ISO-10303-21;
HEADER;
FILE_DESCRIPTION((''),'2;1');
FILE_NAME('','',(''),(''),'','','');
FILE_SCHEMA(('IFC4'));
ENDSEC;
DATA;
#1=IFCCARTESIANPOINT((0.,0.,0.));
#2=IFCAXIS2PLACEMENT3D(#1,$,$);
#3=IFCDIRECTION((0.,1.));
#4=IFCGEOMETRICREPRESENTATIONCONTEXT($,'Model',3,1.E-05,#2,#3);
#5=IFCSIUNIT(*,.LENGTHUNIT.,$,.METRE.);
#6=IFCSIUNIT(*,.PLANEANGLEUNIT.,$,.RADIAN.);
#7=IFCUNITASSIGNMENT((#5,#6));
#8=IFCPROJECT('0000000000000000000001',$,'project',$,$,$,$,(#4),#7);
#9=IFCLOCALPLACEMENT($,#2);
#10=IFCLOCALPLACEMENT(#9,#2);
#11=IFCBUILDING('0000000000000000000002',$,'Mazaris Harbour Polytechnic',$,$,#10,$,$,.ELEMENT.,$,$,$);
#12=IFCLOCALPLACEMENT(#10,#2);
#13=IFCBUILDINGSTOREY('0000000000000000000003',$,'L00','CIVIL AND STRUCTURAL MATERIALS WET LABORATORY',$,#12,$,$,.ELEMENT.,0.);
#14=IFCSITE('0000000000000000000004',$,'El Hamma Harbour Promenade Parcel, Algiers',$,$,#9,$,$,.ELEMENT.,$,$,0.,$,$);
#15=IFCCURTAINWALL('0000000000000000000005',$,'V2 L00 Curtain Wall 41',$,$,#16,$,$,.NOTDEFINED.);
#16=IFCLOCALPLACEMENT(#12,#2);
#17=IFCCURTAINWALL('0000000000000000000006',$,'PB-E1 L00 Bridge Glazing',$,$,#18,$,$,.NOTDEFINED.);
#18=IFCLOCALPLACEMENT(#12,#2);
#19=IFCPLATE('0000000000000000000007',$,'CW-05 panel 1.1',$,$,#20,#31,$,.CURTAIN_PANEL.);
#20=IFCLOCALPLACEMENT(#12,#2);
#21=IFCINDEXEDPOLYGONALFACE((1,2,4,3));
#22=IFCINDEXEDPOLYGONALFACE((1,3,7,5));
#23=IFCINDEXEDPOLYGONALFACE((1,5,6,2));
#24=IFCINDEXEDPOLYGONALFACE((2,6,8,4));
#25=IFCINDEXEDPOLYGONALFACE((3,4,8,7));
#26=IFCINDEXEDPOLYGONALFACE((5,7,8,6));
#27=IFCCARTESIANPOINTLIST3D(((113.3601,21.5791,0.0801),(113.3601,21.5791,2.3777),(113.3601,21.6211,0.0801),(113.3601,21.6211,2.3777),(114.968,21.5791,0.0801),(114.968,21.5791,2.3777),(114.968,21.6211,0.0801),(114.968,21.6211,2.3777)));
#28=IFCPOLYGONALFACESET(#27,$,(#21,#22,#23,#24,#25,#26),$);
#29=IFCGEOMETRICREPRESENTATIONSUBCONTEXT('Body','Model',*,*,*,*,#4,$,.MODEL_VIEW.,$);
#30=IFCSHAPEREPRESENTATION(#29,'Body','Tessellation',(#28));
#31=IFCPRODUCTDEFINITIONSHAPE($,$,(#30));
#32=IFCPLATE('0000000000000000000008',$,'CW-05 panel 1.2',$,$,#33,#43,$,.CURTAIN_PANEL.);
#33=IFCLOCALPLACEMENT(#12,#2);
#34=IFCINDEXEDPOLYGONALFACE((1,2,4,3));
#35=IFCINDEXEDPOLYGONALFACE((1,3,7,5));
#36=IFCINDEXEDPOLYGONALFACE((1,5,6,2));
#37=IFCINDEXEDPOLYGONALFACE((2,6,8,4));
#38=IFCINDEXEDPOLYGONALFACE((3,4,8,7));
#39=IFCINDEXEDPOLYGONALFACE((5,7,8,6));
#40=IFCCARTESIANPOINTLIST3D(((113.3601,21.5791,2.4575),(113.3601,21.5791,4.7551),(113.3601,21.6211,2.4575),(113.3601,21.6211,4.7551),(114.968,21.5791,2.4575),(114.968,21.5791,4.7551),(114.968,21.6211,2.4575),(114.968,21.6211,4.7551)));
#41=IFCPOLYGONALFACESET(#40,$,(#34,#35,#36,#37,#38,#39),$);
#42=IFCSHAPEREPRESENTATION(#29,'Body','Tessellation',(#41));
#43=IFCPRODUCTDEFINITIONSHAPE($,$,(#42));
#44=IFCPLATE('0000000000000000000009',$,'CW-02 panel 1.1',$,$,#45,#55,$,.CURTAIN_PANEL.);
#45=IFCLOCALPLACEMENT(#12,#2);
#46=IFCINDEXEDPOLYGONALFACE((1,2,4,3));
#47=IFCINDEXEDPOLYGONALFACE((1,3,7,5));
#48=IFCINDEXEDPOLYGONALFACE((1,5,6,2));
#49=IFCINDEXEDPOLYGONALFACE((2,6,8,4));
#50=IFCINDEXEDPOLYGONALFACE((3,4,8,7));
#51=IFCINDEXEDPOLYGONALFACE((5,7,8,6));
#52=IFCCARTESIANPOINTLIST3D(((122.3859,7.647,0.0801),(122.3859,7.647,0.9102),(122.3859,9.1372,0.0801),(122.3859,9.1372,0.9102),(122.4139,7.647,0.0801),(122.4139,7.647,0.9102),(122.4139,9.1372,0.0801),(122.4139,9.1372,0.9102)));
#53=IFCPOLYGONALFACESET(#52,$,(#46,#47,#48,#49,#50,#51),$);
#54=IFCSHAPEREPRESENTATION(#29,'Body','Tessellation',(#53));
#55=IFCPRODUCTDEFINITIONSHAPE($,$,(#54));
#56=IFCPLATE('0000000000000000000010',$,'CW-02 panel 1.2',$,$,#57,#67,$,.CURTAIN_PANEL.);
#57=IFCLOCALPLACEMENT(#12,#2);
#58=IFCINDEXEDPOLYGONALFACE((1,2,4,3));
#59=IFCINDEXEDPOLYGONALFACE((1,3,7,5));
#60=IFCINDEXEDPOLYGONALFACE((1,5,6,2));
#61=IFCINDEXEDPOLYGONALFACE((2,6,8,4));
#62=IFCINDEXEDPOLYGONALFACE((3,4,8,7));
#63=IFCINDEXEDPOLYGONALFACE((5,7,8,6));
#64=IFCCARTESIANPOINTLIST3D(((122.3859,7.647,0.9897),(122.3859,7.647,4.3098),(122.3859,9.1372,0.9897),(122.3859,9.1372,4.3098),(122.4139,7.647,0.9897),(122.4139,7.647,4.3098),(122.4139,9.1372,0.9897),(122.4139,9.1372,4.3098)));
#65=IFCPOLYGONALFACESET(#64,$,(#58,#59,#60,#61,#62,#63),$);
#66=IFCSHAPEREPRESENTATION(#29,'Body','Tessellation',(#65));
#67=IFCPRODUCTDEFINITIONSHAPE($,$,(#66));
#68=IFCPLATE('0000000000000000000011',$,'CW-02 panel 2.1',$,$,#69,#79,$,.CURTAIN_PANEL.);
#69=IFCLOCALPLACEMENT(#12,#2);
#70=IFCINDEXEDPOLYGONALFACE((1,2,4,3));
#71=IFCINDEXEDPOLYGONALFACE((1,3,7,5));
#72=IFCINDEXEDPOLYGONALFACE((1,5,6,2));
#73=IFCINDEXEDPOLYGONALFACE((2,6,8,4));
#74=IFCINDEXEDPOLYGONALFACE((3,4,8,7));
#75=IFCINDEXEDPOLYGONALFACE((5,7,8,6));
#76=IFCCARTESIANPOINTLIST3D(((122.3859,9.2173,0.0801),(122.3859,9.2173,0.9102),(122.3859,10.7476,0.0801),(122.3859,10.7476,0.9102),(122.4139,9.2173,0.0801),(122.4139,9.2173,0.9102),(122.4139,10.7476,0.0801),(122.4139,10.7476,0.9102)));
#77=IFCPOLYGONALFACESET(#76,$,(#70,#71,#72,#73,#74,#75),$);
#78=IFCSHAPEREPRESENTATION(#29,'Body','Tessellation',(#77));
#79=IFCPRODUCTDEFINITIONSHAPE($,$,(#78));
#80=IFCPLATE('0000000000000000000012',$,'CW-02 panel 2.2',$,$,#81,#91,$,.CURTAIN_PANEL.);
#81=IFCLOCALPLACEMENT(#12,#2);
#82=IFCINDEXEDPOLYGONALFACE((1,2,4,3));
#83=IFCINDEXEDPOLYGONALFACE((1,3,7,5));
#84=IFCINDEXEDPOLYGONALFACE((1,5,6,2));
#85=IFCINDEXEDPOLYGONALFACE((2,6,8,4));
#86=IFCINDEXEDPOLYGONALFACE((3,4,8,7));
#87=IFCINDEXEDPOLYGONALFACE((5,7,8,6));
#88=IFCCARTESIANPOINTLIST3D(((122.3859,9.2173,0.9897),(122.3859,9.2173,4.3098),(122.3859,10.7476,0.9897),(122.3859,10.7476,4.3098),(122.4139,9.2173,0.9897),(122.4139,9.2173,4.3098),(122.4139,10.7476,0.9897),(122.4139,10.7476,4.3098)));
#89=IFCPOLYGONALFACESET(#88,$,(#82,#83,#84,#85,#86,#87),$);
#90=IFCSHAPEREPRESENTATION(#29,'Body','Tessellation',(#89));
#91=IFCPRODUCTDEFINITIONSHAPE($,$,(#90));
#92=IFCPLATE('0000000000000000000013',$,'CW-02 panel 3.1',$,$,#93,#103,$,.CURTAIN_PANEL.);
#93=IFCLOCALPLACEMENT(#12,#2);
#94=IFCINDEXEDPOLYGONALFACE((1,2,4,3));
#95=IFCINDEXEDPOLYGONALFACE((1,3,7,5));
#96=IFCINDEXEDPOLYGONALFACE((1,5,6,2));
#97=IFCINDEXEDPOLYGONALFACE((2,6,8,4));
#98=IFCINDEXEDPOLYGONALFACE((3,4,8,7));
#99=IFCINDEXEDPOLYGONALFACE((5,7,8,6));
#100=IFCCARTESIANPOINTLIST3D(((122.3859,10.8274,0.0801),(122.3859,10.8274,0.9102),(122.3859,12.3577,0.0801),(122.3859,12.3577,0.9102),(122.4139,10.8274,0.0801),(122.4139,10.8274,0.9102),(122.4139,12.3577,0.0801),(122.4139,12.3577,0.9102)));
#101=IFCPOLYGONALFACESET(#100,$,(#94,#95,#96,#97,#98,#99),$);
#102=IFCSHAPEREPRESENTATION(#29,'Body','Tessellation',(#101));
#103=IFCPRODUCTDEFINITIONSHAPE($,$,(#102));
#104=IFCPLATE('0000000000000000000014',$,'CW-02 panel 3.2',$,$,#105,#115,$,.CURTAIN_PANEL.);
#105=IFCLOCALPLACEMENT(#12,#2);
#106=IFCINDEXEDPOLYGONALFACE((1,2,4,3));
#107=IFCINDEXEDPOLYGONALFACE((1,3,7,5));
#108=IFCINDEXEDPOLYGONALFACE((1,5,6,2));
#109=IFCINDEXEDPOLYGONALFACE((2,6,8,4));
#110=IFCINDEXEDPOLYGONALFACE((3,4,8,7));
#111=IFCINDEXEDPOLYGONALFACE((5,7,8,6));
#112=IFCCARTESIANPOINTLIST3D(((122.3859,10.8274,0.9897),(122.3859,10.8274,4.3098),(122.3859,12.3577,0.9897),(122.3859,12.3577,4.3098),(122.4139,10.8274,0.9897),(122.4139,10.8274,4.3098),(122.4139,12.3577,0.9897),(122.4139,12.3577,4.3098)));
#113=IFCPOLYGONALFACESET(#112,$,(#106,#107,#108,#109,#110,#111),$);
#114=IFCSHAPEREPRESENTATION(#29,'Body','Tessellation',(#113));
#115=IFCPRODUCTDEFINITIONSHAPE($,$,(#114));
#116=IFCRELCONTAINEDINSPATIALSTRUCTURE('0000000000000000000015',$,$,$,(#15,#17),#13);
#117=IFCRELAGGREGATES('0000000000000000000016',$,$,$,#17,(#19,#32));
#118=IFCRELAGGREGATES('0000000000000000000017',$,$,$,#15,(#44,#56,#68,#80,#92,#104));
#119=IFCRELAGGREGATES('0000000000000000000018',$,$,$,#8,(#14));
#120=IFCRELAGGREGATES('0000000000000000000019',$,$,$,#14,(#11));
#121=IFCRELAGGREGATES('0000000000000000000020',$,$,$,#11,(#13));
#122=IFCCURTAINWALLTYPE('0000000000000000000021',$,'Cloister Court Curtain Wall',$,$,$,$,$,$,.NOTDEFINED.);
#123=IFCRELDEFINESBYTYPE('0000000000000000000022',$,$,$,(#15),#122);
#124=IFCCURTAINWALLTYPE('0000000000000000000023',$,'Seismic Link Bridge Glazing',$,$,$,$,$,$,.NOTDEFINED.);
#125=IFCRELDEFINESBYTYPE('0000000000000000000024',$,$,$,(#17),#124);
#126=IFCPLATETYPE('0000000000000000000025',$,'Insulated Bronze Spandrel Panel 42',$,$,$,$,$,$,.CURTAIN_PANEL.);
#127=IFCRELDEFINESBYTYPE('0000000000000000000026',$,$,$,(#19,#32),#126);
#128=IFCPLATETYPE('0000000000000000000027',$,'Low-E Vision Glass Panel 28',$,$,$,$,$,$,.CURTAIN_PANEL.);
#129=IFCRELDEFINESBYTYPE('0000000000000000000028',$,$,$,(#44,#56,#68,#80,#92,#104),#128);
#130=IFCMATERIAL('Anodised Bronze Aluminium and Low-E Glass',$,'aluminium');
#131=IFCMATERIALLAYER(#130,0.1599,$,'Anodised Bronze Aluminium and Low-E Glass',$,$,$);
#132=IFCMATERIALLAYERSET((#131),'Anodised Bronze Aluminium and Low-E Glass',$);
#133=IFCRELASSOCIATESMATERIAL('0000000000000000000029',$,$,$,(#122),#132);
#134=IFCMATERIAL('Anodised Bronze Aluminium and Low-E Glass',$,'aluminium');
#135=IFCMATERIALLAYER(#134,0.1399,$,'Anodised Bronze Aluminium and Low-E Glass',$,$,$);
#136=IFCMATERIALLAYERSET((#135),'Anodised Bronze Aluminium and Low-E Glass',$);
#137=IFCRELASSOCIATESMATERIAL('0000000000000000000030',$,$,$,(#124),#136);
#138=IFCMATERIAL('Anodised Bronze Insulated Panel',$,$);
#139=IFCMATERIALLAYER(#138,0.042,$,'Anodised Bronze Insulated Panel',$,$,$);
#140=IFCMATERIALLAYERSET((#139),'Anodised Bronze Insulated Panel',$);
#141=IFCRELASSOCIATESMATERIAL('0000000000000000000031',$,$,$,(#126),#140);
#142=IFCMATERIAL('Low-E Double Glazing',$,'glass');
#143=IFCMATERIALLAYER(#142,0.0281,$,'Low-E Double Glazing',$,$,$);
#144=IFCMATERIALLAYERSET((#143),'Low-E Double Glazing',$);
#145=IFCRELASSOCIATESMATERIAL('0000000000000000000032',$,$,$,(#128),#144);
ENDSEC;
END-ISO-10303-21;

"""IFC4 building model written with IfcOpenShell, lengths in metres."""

from ifc_helpers import new_model, si_unit, direction, frame, origin, origin_2d, place, context, subcontext, project, spatial, rectangle, extrude, material, layer, layer_set, type_object, element, aggregate, save


model = new_model("IFC4")

# Units and contexts
model_context = context("Model", 3, precision=1e-05, world=origin(), true_north=direction((0.0, 1.0)))
body_context = subcontext(model_context, "Body", "Model", "MODEL_VIEW")
ifc_project = project(units=[si_unit("LENGTHUNIT", "METRE"), si_unit("PLANEANGLEUNIT", "RADIAN")], contexts=[model_context])

# Site, building, storey
site_placement = place(None, origin())
site = spatial("IfcSite", under=ifc_project, at=site_placement, Name="El Hamma Harbour Promenade Parcel, Algiers", CompositionType="ELEMENT", RefElevation=0.0)
building_placement = place(site_placement, origin())
building = spatial("IfcBuilding", under=site, at=building_placement, Name="Mazaris Harbour Polytechnic", CompositionType="ELEMENT")
storey_placement = place(building_placement, origin())
storey = spatial("IfcBuildingStorey", under=building, at=storey_placement, Name="L00", Description="CIVIL AND STRUCTURAL MATERIALS WET LABORATORY", CompositionType="ELEMENT", Elevation=0.0)

# Curtain wall
ifc_material_1 = material(Name="Anodised Bronze Aluminium and Low-E Glass", Category="aluminium")
ifc_layer_1 = layer(ifc_material_1, 0.1599, Name="Anodised Bronze Aluminium and Low-E Glass")
ifc_layer_set_1 = layer_set([ifc_layer_1], Name="Anodised Bronze Aluminium and Low-E Glass")
curtain_wall_type_1 = type_object("IfcCurtainWallType", Name="Cloister Court Curtain Wall", PredefinedType="NOTDEFINED", material=ifc_layer_set_1)
curtain_wall_1_placement = place(storey_placement, origin())
curtain_wall_1 = element("IfcCurtainWall", 1, at=curtain_wall_1_placement, inside=storey, type_object=curtain_wall_type_1, Name="V2 L00 Curtain Wall 41", PredefinedType="NOTDEFINED")

# Curtain wall
ifc_material_2 = material(Name="Anodised Bronze Aluminium and Low-E Glass", Category="aluminium")
ifc_layer_2 = layer(ifc_material_2, 0.1399, Name="Anodised Bronze Aluminium and Low-E Glass")
ifc_layer_set_2 = layer_set([ifc_layer_2], Name="Anodised Bronze Aluminium and Low-E Glass")
curtain_wall_type_2 = type_object("IfcCurtainWallType", Name="Seismic Link Bridge Glazing", PredefinedType="NOTDEFINED", material=ifc_layer_set_2)
curtain_wall_2_placement = place(storey_placement, origin())
curtain_wall_2 = element("IfcCurtainWall", 2, at=curtain_wall_2_placement, inside=storey, type_object=curtain_wall_type_2, Name="PB-E1 L00 Bridge Glazing", PredefinedType="NOTDEFINED")

# Plates
ifc_material_3 = material(Name="Anodised Bronze Insulated Panel")
ifc_layer_3 = layer(ifc_material_3, 0.042, Name="Anodised Bronze Insulated Panel")
ifc_layer_set_3 = layer_set([ifc_layer_3], Name="Anodised Bronze Insulated Panel")
plate_type_1 = type_object("IfcPlateType", Name="Insulated Bronze Spandrel Panel 42", PredefinedType="CURTAIN_PANEL", material=ifc_layer_set_3)
plate_1_placement = place(storey_placement, frame((114.1641, 21.6001, 0.0801), z_axis=(0.0, 0.0, 1.0), x_axis=(1.0, 0.0, 0.0)))
plate_1 = element("IfcPlate", 3, at=plate_1_placement, type_object=plate_type_1, Name="CW-05 panel 1.1", PredefinedType="CURTAIN_PANEL", context=body_context, shape_type="SweptSolid", body=[
    extrude(rectangle(XDim=1.6079, YDim=0.042, at=origin_2d()), origin(), (0.0, 0.0, 1.0), 2.2976),
])
plate_2_placement = place(storey_placement, frame((114.1641, 21.6001, 2.4575), z_axis=(0.0, 0.0, 1.0), x_axis=(1.0, 0.0, 0.0)))
plate_2 = element("IfcPlate", 4, at=plate_2_placement, type_object=plate_type_1, Name="CW-05 panel 1.2", PredefinedType="CURTAIN_PANEL", context=body_context, shape_type="SweptSolid", body=[
    extrude(rectangle(XDim=1.6079, YDim=0.042, at=origin_2d()), origin(), (0.0, 0.0, 1.0), 2.2976),
])
aggregate(curtain_wall_2, [plate_1, plate_2])
ifc_material_4 = material(Name="Low-E Double Glazing", Category="glass")
ifc_layer_4 = layer(ifc_material_4, 0.0281, Name="Low-E Double Glazing")
ifc_layer_set_4 = layer_set([ifc_layer_4], Name="Low-E Double Glazing")
plate_type_2 = type_object("IfcPlateType", Name="Low-E Vision Glass Panel 28", PredefinedType="CURTAIN_PANEL", material=ifc_layer_set_4)
plate_3_placement = place(storey_placement, frame((122.3999, 8.3921, 0.0801), z_axis=(0.0, 0.0, 1.0), x_axis=(0.0, 1.0, 0.0)))
plate_3 = element("IfcPlate", 5, at=plate_3_placement, type_object=plate_type_2, Name="CW-02 panel 1.1", PredefinedType="CURTAIN_PANEL", context=body_context, shape_type="SweptSolid", body=[
    extrude(rectangle(XDim=1.4902, YDim=0.0281, at=origin_2d()), origin(), (0.0, 0.0, 1.0), 0.8301),
])
plate_4_placement = place(storey_placement, frame((122.3999, 8.3921, 0.9897), z_axis=(0.0, 0.0, 1.0), x_axis=(0.0, 1.0, 0.0)))
plate_4 = element("IfcPlate", 6, at=plate_4_placement, type_object=plate_type_2, Name="CW-02 panel 1.2", PredefinedType="CURTAIN_PANEL", context=body_context, shape_type="SweptSolid", body=[
    extrude(rectangle(XDim=1.4902, YDim=0.0281, at=origin_2d()), origin(), (0.0, 0.0, 1.0), 3.3201),
])
plate_5_placement = place(storey_placement, frame((122.3999, 9.9824, 0.0801), z_axis=(0.0, 0.0, 1.0), x_axis=(0.0, 1.0, 0.0)))
plate_5 = element("IfcPlate", 7, at=plate_5_placement, type_object=plate_type_2, Name="CW-02 panel 2.1", PredefinedType="CURTAIN_PANEL", context=body_context, shape_type="SweptSolid", body=[
    extrude(rectangle(XDim=1.5303, YDim=0.0281, at=origin_2d()), origin(), (0.0, 0.0, 1.0), 0.8301),
])
plate_6_placement = place(storey_placement, frame((122.3999, 9.9824, 0.9897), z_axis=(0.0, 0.0, 1.0), x_axis=(0.0, 1.0, 0.0)))
plate_6 = element("IfcPlate", 8, at=plate_6_placement, type_object=plate_type_2, Name="CW-02 panel 2.2", PredefinedType="CURTAIN_PANEL", context=body_context, shape_type="SweptSolid", body=[
    extrude(rectangle(XDim=1.5303, YDim=0.0281, at=origin_2d()), origin(), (0.0, 0.0, 1.0), 3.3201),
])
plate_7_placement = place(storey_placement, frame((122.3999, 11.5925, 0.0801), z_axis=(0.0, 0.0, 1.0), x_axis=(0.0, 1.0, 0.0)))
plate_7 = element("IfcPlate", 9, at=plate_7_placement, type_object=plate_type_2, Name="CW-02 panel 3.1", PredefinedType="CURTAIN_PANEL", context=body_context, shape_type="SweptSolid", body=[
    extrude(rectangle(XDim=1.5303, YDim=0.0281, at=origin_2d()), origin(), (0.0, 0.0, 1.0), 0.8301),
])
plate_8_placement = place(storey_placement, frame((122.3999, 11.5925, 0.9897), z_axis=(0.0, 0.0, 1.0), x_axis=(0.0, 1.0, 0.0)))
plate_8 = element("IfcPlate", 10, at=plate_8_placement, type_object=plate_type_2, Name="CW-02 panel 3.2", PredefinedType="CURTAIN_PANEL", context=body_context, shape_type="SweptSolid", body=[
    extrude(rectangle(XDim=1.5303, YDim=0.0281, at=origin_2d()), origin(), (0.0, 0.0, 1.0), 3.3201),
])
aggregate(curtain_wall_1, [plate_3, plate_4, plate_5, plate_6, plate_7, plate_8])

save(model, "model.ifc")
